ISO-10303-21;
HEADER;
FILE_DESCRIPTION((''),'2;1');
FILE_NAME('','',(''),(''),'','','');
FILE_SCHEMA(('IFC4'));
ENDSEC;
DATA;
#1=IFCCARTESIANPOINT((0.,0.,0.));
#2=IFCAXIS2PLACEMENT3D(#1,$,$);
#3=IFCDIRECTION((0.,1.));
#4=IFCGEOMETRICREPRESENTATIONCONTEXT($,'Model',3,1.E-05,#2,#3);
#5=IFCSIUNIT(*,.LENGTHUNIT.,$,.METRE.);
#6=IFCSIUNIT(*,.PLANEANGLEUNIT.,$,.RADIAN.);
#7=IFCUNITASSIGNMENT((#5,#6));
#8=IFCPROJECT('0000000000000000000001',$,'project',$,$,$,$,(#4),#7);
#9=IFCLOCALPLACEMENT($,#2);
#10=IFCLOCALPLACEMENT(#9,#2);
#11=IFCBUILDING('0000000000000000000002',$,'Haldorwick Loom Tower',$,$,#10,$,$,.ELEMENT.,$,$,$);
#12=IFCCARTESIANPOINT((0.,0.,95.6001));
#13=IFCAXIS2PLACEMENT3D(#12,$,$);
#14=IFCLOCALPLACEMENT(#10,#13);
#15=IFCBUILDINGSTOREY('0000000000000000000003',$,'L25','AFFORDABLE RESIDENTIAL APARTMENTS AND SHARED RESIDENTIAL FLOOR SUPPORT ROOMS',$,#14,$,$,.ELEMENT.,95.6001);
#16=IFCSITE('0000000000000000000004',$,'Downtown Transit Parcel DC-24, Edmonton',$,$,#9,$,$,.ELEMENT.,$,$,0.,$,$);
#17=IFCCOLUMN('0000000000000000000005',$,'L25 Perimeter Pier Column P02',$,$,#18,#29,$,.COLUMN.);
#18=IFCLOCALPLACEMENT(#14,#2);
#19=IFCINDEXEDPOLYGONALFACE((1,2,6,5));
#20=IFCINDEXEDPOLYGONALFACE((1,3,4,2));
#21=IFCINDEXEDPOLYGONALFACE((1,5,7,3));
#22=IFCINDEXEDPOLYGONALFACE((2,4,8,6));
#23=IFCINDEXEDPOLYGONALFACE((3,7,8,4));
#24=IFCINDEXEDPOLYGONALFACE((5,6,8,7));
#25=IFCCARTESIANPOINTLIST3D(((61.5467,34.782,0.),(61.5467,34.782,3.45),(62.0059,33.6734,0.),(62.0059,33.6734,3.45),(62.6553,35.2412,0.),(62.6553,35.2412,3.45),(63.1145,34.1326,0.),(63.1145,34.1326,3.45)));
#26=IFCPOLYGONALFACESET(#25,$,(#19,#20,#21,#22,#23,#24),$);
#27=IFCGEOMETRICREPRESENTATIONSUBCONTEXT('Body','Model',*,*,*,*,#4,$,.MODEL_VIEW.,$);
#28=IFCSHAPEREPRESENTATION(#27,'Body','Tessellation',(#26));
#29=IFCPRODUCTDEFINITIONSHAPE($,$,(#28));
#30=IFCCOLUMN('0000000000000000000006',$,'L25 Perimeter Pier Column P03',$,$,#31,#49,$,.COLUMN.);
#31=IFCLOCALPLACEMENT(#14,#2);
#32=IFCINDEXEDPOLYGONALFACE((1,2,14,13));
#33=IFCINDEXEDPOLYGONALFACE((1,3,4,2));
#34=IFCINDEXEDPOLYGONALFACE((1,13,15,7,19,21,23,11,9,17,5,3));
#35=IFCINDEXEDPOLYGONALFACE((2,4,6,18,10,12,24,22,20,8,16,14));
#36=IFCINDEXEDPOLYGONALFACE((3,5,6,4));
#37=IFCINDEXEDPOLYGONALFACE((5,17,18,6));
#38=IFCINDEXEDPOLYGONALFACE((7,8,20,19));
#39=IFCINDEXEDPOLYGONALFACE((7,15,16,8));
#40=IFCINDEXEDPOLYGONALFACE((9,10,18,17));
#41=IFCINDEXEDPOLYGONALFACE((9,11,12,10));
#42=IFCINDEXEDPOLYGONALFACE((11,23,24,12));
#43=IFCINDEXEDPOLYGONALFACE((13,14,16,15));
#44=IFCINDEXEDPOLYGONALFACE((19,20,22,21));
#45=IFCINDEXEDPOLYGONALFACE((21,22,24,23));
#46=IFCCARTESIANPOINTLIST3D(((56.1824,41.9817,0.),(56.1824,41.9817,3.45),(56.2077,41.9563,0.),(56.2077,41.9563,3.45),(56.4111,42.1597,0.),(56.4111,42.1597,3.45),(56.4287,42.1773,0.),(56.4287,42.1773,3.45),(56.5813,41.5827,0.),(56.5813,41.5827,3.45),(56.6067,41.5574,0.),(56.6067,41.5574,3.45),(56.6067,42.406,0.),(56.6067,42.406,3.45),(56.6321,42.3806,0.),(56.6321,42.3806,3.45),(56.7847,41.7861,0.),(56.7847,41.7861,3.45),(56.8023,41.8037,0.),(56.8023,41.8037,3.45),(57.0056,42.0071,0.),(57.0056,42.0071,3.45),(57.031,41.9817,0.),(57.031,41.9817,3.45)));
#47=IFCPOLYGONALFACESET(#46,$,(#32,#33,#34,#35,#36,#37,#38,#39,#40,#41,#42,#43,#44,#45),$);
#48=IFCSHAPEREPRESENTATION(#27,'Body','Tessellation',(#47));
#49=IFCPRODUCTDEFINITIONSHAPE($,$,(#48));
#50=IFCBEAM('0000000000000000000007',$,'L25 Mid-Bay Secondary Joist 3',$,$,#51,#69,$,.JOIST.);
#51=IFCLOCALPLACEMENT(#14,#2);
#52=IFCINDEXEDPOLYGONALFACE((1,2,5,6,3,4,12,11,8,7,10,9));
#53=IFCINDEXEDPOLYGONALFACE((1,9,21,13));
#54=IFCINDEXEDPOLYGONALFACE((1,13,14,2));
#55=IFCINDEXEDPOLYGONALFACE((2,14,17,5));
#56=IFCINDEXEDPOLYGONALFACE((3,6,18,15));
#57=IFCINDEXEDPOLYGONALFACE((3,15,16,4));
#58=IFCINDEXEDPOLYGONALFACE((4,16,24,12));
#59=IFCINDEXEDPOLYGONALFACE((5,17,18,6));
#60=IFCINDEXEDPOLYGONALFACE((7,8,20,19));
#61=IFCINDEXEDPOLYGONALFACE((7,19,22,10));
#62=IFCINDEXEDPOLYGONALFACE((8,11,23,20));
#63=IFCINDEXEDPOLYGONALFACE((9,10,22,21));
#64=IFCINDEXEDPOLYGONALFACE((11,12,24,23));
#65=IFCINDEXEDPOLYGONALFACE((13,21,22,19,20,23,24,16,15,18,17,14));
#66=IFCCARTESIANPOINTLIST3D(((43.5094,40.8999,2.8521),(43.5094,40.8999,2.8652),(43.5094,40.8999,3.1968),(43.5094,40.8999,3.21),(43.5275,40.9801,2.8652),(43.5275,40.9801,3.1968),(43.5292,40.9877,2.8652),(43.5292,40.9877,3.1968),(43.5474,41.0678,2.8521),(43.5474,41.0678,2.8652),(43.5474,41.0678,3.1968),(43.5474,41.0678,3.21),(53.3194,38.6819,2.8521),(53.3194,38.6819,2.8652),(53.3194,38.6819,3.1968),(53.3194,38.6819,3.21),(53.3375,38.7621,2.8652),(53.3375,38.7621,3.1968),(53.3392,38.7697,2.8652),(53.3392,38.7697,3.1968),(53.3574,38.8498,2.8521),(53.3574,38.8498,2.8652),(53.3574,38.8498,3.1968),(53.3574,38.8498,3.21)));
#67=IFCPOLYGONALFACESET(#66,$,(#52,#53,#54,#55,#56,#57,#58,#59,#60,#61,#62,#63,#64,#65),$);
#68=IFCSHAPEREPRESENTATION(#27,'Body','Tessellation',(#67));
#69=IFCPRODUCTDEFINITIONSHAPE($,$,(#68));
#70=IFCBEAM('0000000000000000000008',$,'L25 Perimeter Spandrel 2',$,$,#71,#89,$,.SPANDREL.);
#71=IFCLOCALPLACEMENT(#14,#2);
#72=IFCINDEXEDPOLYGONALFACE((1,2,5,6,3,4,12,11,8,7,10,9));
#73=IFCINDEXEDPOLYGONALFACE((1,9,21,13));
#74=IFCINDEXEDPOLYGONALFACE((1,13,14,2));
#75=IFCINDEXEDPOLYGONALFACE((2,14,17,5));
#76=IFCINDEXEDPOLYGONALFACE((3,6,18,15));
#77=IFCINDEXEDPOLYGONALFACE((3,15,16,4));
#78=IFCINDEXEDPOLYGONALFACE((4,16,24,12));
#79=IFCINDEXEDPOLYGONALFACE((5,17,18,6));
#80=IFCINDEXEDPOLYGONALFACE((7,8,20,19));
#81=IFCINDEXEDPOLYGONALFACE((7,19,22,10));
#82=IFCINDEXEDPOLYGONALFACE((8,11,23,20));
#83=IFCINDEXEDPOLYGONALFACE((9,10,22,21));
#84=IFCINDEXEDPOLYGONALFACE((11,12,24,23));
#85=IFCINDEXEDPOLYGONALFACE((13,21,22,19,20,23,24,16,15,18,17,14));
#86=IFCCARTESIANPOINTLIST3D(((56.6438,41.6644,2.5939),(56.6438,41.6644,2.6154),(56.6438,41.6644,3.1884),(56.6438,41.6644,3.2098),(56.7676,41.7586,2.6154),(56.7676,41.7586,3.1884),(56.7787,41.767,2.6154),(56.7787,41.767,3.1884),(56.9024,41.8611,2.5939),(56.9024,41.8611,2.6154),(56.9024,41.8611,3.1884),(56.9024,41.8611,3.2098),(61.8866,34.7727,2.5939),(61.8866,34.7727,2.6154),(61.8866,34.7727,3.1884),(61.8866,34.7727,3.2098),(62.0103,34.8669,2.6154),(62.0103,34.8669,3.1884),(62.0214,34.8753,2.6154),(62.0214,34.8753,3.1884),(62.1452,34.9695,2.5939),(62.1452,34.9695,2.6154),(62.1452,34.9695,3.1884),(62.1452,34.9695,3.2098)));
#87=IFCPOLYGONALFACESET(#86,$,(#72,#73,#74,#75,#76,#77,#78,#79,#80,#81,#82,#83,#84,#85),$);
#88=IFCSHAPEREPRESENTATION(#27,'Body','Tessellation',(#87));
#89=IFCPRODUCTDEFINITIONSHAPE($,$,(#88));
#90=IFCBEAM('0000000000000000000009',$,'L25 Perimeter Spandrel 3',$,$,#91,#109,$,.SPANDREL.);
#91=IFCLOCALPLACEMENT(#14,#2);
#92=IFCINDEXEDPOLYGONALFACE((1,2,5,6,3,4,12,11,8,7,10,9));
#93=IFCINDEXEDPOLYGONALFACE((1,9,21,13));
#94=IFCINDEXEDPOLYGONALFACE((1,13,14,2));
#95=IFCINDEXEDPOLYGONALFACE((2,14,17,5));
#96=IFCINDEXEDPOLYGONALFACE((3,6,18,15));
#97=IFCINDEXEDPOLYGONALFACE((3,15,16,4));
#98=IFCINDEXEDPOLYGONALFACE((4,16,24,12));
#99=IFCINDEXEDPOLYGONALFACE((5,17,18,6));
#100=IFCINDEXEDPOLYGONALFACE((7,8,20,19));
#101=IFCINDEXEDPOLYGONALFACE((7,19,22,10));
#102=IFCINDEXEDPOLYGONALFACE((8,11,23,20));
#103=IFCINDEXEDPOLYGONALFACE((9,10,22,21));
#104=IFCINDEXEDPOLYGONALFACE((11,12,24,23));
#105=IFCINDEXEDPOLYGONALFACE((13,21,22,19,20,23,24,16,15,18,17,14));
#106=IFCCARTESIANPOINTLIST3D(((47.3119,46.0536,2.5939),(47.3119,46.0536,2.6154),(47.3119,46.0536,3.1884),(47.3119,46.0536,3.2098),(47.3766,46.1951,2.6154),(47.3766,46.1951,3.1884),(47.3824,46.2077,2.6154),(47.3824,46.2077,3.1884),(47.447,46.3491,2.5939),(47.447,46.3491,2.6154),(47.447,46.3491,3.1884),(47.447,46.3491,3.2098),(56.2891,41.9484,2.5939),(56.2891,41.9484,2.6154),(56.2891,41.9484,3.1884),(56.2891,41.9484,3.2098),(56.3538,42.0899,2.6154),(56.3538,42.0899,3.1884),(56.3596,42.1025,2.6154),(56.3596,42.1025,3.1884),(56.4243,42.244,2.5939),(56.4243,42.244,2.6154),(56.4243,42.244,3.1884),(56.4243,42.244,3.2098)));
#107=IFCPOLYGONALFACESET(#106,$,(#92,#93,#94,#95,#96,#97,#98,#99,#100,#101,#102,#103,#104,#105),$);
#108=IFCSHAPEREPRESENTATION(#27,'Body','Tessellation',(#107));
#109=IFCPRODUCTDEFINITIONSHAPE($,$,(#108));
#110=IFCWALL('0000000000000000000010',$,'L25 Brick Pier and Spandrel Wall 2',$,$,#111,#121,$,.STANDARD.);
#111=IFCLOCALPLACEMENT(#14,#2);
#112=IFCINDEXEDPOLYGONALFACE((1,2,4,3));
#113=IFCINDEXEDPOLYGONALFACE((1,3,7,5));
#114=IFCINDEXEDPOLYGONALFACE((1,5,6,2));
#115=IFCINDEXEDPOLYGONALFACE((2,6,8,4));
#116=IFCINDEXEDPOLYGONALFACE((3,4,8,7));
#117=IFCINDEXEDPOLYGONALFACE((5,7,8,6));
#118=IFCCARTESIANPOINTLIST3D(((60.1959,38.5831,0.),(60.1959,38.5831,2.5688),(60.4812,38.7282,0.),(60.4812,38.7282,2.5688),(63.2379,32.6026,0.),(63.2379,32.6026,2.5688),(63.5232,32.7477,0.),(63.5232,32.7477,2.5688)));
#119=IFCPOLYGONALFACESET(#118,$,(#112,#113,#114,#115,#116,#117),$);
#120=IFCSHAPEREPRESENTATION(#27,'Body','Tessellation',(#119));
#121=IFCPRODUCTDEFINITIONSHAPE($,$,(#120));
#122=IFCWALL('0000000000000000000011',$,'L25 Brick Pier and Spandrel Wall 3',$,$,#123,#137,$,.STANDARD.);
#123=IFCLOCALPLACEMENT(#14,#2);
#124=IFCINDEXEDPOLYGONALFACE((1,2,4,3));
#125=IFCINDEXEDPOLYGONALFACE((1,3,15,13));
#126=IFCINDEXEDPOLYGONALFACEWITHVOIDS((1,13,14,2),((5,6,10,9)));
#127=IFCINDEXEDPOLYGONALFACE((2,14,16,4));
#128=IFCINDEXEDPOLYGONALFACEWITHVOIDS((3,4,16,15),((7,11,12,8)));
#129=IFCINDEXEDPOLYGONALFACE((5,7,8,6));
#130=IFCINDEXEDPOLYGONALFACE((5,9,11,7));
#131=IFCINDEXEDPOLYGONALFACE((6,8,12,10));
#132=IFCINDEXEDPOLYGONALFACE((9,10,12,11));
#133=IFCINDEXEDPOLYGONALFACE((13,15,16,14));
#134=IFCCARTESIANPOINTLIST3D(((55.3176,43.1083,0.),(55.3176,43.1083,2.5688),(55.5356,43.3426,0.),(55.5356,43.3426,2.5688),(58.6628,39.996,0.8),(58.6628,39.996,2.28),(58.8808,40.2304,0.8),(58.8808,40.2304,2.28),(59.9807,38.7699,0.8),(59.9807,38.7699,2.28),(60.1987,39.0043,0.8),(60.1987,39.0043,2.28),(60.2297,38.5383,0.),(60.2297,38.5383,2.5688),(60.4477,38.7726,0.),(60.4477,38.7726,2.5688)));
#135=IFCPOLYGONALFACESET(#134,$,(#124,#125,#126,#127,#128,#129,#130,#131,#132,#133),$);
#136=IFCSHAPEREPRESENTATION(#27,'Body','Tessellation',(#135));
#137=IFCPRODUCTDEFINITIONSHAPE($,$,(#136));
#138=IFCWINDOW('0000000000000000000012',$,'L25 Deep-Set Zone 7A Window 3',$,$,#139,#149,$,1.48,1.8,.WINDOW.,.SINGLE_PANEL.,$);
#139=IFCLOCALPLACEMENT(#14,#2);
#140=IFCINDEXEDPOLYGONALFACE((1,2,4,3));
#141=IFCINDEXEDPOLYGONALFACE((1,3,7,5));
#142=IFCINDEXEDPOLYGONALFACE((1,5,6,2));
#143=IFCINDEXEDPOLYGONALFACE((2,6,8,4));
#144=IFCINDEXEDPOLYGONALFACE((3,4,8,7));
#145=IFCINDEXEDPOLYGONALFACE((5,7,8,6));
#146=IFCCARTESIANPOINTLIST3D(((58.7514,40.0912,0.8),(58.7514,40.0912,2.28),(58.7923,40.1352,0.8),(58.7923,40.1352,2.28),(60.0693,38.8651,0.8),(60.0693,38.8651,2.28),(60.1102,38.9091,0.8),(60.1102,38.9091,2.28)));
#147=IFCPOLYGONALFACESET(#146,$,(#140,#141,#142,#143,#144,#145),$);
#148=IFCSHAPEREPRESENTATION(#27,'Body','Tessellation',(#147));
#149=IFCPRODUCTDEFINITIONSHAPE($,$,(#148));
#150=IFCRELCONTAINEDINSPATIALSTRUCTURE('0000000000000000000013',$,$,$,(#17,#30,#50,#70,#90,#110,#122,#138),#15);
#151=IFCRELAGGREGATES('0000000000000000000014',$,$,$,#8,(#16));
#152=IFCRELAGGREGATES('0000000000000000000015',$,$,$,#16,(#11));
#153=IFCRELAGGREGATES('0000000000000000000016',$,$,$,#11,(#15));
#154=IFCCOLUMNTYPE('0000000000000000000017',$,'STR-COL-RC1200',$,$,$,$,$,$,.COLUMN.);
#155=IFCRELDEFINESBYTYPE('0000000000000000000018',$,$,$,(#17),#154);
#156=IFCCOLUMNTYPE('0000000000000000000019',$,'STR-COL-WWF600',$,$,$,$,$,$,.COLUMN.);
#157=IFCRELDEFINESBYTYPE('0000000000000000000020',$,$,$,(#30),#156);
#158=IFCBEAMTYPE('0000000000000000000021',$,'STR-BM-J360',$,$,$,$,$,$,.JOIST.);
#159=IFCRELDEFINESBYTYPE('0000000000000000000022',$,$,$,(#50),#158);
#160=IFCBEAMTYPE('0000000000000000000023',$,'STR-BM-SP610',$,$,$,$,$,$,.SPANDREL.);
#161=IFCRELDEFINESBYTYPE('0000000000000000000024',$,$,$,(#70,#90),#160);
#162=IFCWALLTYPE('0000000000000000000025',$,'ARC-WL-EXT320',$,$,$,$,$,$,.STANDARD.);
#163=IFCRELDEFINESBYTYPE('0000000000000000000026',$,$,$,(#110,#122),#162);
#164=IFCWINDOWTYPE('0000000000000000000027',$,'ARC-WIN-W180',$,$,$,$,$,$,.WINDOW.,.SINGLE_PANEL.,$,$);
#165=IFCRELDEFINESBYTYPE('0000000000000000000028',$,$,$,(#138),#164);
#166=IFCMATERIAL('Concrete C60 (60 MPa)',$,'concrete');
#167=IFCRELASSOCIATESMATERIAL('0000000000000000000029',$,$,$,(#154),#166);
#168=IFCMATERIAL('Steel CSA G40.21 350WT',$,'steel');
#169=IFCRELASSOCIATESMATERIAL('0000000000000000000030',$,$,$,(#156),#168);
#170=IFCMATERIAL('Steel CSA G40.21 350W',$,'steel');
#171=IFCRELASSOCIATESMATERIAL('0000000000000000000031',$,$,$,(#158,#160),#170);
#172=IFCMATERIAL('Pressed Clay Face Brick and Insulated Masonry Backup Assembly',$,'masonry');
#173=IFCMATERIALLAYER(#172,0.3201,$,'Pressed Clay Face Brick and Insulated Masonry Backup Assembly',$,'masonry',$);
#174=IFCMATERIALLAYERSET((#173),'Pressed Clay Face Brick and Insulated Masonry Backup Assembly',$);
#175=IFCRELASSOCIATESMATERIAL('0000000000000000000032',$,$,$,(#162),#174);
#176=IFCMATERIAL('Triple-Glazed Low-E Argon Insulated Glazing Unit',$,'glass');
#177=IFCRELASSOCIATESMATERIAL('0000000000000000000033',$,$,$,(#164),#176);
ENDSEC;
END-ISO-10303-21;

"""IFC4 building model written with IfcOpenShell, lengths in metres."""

from ifc_helpers import new_model, si_unit, direction, frame, frame_2d, origin, origin_2d, place, context, subcontext, project, spatial, rectangle, i_section, extrude, material, layer, layer_set, material_profile, profile_set, type_object, element, fill, save


model = new_model("IFC4")

# Units and contexts
model_context = context("Model", 3, precision=1e-05, world=origin(), true_north=direction((0.0, 1.0)))
body_context = subcontext(model_context, "Body", "Model", "MODEL_VIEW")
ifc_project = project(units=[si_unit("LENGTHUNIT", "METRE"), si_unit("PLANEANGLEUNIT", "RADIAN")], contexts=[model_context])

# Site, building, storey
site_placement = place(None, origin())
site = spatial("IfcSite", under=ifc_project, at=site_placement, Name="Downtown Transit Parcel DC-24, Edmonton", CompositionType="ELEMENT", RefElevation=0.0)
building_placement = place(site_placement, origin())
building = spatial("IfcBuilding", under=site, at=building_placement, Name="Haldorwick Loom Tower", CompositionType="ELEMENT")
storey_placement = place(building_placement, frame((0.0, 0.0, 95.6001)))
storey = spatial("IfcBuildingStorey", under=building, at=storey_placement, Name="L25", Description="AFFORDABLE RESIDENTIAL APARTMENTS AND SHARED RESIDENTIAL FLOOR SUPPORT ROOMS", CompositionType="ELEMENT", Elevation=95.6001)

# Columns
ifc_material_1 = material(Name="Concrete C60 (60 MPa)", Category="concrete")
ifc_material_profile_1 = material_profile(ifc_material_1, rectangle(XDim=1.2, YDim=1.2, at=origin_2d()), Name="RC1200X1200", Category="concrete")
ifc_profile_set_1 = profile_set([ifc_material_profile_1], Name="Concrete C60 (60 MPa)")
column_type_1 = type_object("IfcColumnType", Name="STR-COL-RC1200", PredefinedType="COLUMN", material=ifc_profile_set_1)
column_1_placement = place(storey_placement, frame((62.3306, 34.4573, 0.0), z_axis=(0.0, 0.0, 1.0), x_axis=(0.92388, 0.382683, 0.0)))
element("IfcColumn", 1, at=column_1_placement, inside=storey, type_object=column_type_1, Name="L25 Perimeter Pier Column P02", PredefinedType="COLUMN", context=body_context, shape_type="SweptSolid", body=[
    extrude(rectangle(XDim=1.2, YDim=1.2, at=origin_2d()), origin(), (0.0, 0.0, 1.0), 3.45),
])
ifc_material_2 = material(Name="Steel CSA G40.21 350WT", Category="steel")
ifc_material_profile_2 = material_profile(ifc_material_2, i_section(OverallWidth=0.6001, OverallDepth=0.6001, WebThickness=0.0249, FlangeThickness=0.0359, at=origin_2d()), Name="WWF600X600", Category="steel")
ifc_profile_set_2 = profile_set([ifc_material_profile_2], Name="Steel CSA G40.21 350WT")
column_type_2 = type_object("IfcColumnType", Name="STR-COL-WWF600", PredefinedType="COLUMN", material=ifc_profile_set_2)
column_2_placement = place(storey_placement, frame((56.6067, 41.9817, 0.0), z_axis=(0.0, 0.0, 1.0), x_axis=(0.707107, 0.707107, 0.0)))
element("IfcColumn", 2, at=column_2_placement, inside=storey, type_object=column_type_2, Name="L25 Perimeter Pier Column P03", PredefinedType="COLUMN", context=body_context, shape_type="SweptSolid", body=[
    extrude(i_section(OverallWidth=0.6001, OverallDepth=0.6001, WebThickness=0.0249, FlangeThickness=0.0359, at=origin_2d()), origin(), (0.0, 0.0, 1.0), 3.45),
])

# Beams
ifc_material_3 = material(Name="Steel CSA G40.21 350W", Category="steel")
ifc_material_profile_3 = material_profile(ifc_material_3, i_section(OverallWidth=0.1721, OverallDepth=0.3579, WebThickness=0.0078, FlangeThickness=0.0132, at=origin_2d()), Name="W360X57", Category="steel")
ifc_profile_set_3 = profile_set([ifc_material_profile_3], Name="Steel CSA G40.21 350W")
beam_type_1 = type_object("IfcBeamType", Name="STR-BM-J360", PredefinedType="JOIST", material=ifc_profile_set_3)
beam_1_placement = place(storey_placement, frame((53.3384, 38.7659, 3.031), z_axis=(-0.97538, 0.22053, 0.0), x_axis=(-0.22053, -0.97538, 0.0)))
element("IfcBeam", 3, at=beam_1_placement, inside=storey, type_object=beam_type_1, Name="L25 Mid-Bay Secondary Joist 3", PredefinedType="JOIST", context=body_context, shape_type="SweptSolid", body=[
    extrude(i_section(OverallWidth=0.1721, OverallDepth=0.3579, WebThickness=0.0078, FlangeThickness=0.0132, at=origin_2d()), origin(), (0.0, 0.0, 1.0), 10.0576),
])
ifc_material_profile_4 = material_profile(ifc_material_3, i_section(OverallWidth=0.325, OverallDepth=0.616, WebThickness=0.0139, FlangeThickness=0.0215, at=origin_2d()), Name="W610X174", Category="steel")
ifc_profile_set_4 = profile_set([ifc_material_profile_4], Name="Steel CSA G40.21 350W")
beam_type_2 = type_object("IfcBeamType", Name="STR-BM-SP610", PredefinedType="SPANDREL", material=ifc_profile_set_4)
beam_2_placement = place(storey_placement, frame((62.0159, 34.8711, 2.9019), z_axis=(-0.605454, 0.795881, 0.0), x_axis=(-0.795881, -0.605454, 0.0)))
element("IfcBeam", 4, at=beam_2_placement, inside=storey, type_object=beam_type_2, Name="L25 Perimeter Spandrel 2", PredefinedType="SPANDREL", context=body_context, shape_type="SweptSolid", body=[
    extrude(i_section(OverallWidth=0.325, OverallDepth=0.616, WebThickness=0.0139, FlangeThickness=0.0215, at=origin_2d()), origin(), (0.0, 0.0, 1.0), 8.6592),
])
beam_3_placement = place(storey_placement, frame((56.3567, 42.0962, 2.9019), z_axis=(-0.909424, 0.41587, 0.0), x_axis=(-0.41587, -0.909424, 0.0)))
element("IfcBeam", 5, at=beam_3_placement, inside=storey, type_object=beam_type_2, Name="L25 Perimeter Spandrel 3", PredefinedType="SPANDREL", context=body_context, shape_type="SweptSolid", body=[
    extrude(i_section(OverallWidth=0.325, OverallDepth=0.616, WebThickness=0.0139, FlangeThickness=0.0215, at=origin_2d()), origin(), (0.0, 0.0, 1.0), 9.8713),
])

# Wall
ifc_material_4 = material(Name="Pressed Clay Face Brick and Insulated Masonry Backup Assembly", Category="masonry")
ifc_layer_1 = layer(ifc_material_4, 0.3201, Name="Pressed Clay Face Brick and Insulated Masonry Backup Assembly", Category="masonry")
ifc_layer_set_1 = layer_set([ifc_layer_1], Name="Pressed Clay Face Brick and Insulated Masonry Backup Assembly")
wall_type_1 = type_object("IfcWallType", Name="ARC-WL-EXT320", PredefinedType="STANDARD", material=ifc_layer_set_1)
wall_1_placement = place(storey_placement, frame((63.3806, 32.675, 0.0), z_axis=(0.0, 0.0, 1.0), x_axis=(-0.453374, 0.89132, 0.0)))
element("IfcWall", 6, at=wall_1_placement, inside=storey, type_object=wall_type_1, Name="L25 Brick Pier and Spandrel Wall 2", PredefinedType="STANDARD", context=body_context, shape_type="SweptSolid", body=[
    extrude(rectangle(XDim=6.7097, YDim=0.3201, at=frame_2d((3.355, 0.0))), origin(), (0.0, 0.0, 1.0), 2.5688),
])

# Wall, opening, window
wall_2_placement = place(storey_placement, frame((60.3386, 38.6555, 0.0), z_axis=(0.0, 0.0, 1.0), x_axis=(-0.732137, 0.681157, 0.0)))
wall_2 = element("IfcWall", 7, at=wall_2_placement, inside=storey, type_object=wall_type_1, Name="L25 Brick Pier and Spandrel Wall 3", PredefinedType="STANDARD", context=body_context, shape_type="SweptSolid", body=[
    extrude(rectangle(XDim=6.7092, YDim=0.3201, at=frame_2d((3.3545, 0.0))), origin(), (0.0, 0.0, 1.0), 2.5688),
])
opening_1_placement = place(wall_2_placement, frame((0.3401, 0.0, 0.8)))
opening_1 = element("IfcOpeningElement", 8, at=opening_1_placement, cuts=wall_2, PredefinedType="OPENING", context=body_context, shape_type="SweptSolid", body=[
    extrude(rectangle(XDim=1.8, YDim=1.48, at=frame_2d((0.8999, 0.74))), frame((0.0, 0.1699, 0.0), z_axis=(0.0, -1.0, 0.0), x_axis=(1.0, 0.0, 0.0)), (0.0, 0.0, 1.0), 0.3401),
])
ifc_material_5 = material(Name="Triple-Glazed Low-E Argon Insulated Glazing Unit", Category="glass")
window_type = type_object("IfcWindowType", Name="ARC-WIN-W180", PartitioningType="SINGLE_PANEL", PredefinedType="WINDOW", material=ifc_material_5)
window_1_placement = place(opening_1_placement, origin())
window_1 = element("IfcWindow", 9, at=window_1_placement, inside=storey, type_object=window_type, Name="L25 Deep-Set Zone 7A Window 3", OverallHeight=1.48, OverallWidth=1.8, PartitioningType="SINGLE_PANEL", PredefinedType="WINDOW", context=body_context, shape_type="SweptSolid", body=[
    extrude(rectangle(XDim=1.8, YDim=1.48, at=frame_2d((0.8999, 0.74))), frame((0.0, 0.03, 0.0), z_axis=(0.0, -1.0, 0.0), x_axis=(1.0, 0.0, 0.0)), (0.0, 0.0, 1.0), 0.0601),
])
fill(opening_1, window_1)

save(model, "model.ifc")
